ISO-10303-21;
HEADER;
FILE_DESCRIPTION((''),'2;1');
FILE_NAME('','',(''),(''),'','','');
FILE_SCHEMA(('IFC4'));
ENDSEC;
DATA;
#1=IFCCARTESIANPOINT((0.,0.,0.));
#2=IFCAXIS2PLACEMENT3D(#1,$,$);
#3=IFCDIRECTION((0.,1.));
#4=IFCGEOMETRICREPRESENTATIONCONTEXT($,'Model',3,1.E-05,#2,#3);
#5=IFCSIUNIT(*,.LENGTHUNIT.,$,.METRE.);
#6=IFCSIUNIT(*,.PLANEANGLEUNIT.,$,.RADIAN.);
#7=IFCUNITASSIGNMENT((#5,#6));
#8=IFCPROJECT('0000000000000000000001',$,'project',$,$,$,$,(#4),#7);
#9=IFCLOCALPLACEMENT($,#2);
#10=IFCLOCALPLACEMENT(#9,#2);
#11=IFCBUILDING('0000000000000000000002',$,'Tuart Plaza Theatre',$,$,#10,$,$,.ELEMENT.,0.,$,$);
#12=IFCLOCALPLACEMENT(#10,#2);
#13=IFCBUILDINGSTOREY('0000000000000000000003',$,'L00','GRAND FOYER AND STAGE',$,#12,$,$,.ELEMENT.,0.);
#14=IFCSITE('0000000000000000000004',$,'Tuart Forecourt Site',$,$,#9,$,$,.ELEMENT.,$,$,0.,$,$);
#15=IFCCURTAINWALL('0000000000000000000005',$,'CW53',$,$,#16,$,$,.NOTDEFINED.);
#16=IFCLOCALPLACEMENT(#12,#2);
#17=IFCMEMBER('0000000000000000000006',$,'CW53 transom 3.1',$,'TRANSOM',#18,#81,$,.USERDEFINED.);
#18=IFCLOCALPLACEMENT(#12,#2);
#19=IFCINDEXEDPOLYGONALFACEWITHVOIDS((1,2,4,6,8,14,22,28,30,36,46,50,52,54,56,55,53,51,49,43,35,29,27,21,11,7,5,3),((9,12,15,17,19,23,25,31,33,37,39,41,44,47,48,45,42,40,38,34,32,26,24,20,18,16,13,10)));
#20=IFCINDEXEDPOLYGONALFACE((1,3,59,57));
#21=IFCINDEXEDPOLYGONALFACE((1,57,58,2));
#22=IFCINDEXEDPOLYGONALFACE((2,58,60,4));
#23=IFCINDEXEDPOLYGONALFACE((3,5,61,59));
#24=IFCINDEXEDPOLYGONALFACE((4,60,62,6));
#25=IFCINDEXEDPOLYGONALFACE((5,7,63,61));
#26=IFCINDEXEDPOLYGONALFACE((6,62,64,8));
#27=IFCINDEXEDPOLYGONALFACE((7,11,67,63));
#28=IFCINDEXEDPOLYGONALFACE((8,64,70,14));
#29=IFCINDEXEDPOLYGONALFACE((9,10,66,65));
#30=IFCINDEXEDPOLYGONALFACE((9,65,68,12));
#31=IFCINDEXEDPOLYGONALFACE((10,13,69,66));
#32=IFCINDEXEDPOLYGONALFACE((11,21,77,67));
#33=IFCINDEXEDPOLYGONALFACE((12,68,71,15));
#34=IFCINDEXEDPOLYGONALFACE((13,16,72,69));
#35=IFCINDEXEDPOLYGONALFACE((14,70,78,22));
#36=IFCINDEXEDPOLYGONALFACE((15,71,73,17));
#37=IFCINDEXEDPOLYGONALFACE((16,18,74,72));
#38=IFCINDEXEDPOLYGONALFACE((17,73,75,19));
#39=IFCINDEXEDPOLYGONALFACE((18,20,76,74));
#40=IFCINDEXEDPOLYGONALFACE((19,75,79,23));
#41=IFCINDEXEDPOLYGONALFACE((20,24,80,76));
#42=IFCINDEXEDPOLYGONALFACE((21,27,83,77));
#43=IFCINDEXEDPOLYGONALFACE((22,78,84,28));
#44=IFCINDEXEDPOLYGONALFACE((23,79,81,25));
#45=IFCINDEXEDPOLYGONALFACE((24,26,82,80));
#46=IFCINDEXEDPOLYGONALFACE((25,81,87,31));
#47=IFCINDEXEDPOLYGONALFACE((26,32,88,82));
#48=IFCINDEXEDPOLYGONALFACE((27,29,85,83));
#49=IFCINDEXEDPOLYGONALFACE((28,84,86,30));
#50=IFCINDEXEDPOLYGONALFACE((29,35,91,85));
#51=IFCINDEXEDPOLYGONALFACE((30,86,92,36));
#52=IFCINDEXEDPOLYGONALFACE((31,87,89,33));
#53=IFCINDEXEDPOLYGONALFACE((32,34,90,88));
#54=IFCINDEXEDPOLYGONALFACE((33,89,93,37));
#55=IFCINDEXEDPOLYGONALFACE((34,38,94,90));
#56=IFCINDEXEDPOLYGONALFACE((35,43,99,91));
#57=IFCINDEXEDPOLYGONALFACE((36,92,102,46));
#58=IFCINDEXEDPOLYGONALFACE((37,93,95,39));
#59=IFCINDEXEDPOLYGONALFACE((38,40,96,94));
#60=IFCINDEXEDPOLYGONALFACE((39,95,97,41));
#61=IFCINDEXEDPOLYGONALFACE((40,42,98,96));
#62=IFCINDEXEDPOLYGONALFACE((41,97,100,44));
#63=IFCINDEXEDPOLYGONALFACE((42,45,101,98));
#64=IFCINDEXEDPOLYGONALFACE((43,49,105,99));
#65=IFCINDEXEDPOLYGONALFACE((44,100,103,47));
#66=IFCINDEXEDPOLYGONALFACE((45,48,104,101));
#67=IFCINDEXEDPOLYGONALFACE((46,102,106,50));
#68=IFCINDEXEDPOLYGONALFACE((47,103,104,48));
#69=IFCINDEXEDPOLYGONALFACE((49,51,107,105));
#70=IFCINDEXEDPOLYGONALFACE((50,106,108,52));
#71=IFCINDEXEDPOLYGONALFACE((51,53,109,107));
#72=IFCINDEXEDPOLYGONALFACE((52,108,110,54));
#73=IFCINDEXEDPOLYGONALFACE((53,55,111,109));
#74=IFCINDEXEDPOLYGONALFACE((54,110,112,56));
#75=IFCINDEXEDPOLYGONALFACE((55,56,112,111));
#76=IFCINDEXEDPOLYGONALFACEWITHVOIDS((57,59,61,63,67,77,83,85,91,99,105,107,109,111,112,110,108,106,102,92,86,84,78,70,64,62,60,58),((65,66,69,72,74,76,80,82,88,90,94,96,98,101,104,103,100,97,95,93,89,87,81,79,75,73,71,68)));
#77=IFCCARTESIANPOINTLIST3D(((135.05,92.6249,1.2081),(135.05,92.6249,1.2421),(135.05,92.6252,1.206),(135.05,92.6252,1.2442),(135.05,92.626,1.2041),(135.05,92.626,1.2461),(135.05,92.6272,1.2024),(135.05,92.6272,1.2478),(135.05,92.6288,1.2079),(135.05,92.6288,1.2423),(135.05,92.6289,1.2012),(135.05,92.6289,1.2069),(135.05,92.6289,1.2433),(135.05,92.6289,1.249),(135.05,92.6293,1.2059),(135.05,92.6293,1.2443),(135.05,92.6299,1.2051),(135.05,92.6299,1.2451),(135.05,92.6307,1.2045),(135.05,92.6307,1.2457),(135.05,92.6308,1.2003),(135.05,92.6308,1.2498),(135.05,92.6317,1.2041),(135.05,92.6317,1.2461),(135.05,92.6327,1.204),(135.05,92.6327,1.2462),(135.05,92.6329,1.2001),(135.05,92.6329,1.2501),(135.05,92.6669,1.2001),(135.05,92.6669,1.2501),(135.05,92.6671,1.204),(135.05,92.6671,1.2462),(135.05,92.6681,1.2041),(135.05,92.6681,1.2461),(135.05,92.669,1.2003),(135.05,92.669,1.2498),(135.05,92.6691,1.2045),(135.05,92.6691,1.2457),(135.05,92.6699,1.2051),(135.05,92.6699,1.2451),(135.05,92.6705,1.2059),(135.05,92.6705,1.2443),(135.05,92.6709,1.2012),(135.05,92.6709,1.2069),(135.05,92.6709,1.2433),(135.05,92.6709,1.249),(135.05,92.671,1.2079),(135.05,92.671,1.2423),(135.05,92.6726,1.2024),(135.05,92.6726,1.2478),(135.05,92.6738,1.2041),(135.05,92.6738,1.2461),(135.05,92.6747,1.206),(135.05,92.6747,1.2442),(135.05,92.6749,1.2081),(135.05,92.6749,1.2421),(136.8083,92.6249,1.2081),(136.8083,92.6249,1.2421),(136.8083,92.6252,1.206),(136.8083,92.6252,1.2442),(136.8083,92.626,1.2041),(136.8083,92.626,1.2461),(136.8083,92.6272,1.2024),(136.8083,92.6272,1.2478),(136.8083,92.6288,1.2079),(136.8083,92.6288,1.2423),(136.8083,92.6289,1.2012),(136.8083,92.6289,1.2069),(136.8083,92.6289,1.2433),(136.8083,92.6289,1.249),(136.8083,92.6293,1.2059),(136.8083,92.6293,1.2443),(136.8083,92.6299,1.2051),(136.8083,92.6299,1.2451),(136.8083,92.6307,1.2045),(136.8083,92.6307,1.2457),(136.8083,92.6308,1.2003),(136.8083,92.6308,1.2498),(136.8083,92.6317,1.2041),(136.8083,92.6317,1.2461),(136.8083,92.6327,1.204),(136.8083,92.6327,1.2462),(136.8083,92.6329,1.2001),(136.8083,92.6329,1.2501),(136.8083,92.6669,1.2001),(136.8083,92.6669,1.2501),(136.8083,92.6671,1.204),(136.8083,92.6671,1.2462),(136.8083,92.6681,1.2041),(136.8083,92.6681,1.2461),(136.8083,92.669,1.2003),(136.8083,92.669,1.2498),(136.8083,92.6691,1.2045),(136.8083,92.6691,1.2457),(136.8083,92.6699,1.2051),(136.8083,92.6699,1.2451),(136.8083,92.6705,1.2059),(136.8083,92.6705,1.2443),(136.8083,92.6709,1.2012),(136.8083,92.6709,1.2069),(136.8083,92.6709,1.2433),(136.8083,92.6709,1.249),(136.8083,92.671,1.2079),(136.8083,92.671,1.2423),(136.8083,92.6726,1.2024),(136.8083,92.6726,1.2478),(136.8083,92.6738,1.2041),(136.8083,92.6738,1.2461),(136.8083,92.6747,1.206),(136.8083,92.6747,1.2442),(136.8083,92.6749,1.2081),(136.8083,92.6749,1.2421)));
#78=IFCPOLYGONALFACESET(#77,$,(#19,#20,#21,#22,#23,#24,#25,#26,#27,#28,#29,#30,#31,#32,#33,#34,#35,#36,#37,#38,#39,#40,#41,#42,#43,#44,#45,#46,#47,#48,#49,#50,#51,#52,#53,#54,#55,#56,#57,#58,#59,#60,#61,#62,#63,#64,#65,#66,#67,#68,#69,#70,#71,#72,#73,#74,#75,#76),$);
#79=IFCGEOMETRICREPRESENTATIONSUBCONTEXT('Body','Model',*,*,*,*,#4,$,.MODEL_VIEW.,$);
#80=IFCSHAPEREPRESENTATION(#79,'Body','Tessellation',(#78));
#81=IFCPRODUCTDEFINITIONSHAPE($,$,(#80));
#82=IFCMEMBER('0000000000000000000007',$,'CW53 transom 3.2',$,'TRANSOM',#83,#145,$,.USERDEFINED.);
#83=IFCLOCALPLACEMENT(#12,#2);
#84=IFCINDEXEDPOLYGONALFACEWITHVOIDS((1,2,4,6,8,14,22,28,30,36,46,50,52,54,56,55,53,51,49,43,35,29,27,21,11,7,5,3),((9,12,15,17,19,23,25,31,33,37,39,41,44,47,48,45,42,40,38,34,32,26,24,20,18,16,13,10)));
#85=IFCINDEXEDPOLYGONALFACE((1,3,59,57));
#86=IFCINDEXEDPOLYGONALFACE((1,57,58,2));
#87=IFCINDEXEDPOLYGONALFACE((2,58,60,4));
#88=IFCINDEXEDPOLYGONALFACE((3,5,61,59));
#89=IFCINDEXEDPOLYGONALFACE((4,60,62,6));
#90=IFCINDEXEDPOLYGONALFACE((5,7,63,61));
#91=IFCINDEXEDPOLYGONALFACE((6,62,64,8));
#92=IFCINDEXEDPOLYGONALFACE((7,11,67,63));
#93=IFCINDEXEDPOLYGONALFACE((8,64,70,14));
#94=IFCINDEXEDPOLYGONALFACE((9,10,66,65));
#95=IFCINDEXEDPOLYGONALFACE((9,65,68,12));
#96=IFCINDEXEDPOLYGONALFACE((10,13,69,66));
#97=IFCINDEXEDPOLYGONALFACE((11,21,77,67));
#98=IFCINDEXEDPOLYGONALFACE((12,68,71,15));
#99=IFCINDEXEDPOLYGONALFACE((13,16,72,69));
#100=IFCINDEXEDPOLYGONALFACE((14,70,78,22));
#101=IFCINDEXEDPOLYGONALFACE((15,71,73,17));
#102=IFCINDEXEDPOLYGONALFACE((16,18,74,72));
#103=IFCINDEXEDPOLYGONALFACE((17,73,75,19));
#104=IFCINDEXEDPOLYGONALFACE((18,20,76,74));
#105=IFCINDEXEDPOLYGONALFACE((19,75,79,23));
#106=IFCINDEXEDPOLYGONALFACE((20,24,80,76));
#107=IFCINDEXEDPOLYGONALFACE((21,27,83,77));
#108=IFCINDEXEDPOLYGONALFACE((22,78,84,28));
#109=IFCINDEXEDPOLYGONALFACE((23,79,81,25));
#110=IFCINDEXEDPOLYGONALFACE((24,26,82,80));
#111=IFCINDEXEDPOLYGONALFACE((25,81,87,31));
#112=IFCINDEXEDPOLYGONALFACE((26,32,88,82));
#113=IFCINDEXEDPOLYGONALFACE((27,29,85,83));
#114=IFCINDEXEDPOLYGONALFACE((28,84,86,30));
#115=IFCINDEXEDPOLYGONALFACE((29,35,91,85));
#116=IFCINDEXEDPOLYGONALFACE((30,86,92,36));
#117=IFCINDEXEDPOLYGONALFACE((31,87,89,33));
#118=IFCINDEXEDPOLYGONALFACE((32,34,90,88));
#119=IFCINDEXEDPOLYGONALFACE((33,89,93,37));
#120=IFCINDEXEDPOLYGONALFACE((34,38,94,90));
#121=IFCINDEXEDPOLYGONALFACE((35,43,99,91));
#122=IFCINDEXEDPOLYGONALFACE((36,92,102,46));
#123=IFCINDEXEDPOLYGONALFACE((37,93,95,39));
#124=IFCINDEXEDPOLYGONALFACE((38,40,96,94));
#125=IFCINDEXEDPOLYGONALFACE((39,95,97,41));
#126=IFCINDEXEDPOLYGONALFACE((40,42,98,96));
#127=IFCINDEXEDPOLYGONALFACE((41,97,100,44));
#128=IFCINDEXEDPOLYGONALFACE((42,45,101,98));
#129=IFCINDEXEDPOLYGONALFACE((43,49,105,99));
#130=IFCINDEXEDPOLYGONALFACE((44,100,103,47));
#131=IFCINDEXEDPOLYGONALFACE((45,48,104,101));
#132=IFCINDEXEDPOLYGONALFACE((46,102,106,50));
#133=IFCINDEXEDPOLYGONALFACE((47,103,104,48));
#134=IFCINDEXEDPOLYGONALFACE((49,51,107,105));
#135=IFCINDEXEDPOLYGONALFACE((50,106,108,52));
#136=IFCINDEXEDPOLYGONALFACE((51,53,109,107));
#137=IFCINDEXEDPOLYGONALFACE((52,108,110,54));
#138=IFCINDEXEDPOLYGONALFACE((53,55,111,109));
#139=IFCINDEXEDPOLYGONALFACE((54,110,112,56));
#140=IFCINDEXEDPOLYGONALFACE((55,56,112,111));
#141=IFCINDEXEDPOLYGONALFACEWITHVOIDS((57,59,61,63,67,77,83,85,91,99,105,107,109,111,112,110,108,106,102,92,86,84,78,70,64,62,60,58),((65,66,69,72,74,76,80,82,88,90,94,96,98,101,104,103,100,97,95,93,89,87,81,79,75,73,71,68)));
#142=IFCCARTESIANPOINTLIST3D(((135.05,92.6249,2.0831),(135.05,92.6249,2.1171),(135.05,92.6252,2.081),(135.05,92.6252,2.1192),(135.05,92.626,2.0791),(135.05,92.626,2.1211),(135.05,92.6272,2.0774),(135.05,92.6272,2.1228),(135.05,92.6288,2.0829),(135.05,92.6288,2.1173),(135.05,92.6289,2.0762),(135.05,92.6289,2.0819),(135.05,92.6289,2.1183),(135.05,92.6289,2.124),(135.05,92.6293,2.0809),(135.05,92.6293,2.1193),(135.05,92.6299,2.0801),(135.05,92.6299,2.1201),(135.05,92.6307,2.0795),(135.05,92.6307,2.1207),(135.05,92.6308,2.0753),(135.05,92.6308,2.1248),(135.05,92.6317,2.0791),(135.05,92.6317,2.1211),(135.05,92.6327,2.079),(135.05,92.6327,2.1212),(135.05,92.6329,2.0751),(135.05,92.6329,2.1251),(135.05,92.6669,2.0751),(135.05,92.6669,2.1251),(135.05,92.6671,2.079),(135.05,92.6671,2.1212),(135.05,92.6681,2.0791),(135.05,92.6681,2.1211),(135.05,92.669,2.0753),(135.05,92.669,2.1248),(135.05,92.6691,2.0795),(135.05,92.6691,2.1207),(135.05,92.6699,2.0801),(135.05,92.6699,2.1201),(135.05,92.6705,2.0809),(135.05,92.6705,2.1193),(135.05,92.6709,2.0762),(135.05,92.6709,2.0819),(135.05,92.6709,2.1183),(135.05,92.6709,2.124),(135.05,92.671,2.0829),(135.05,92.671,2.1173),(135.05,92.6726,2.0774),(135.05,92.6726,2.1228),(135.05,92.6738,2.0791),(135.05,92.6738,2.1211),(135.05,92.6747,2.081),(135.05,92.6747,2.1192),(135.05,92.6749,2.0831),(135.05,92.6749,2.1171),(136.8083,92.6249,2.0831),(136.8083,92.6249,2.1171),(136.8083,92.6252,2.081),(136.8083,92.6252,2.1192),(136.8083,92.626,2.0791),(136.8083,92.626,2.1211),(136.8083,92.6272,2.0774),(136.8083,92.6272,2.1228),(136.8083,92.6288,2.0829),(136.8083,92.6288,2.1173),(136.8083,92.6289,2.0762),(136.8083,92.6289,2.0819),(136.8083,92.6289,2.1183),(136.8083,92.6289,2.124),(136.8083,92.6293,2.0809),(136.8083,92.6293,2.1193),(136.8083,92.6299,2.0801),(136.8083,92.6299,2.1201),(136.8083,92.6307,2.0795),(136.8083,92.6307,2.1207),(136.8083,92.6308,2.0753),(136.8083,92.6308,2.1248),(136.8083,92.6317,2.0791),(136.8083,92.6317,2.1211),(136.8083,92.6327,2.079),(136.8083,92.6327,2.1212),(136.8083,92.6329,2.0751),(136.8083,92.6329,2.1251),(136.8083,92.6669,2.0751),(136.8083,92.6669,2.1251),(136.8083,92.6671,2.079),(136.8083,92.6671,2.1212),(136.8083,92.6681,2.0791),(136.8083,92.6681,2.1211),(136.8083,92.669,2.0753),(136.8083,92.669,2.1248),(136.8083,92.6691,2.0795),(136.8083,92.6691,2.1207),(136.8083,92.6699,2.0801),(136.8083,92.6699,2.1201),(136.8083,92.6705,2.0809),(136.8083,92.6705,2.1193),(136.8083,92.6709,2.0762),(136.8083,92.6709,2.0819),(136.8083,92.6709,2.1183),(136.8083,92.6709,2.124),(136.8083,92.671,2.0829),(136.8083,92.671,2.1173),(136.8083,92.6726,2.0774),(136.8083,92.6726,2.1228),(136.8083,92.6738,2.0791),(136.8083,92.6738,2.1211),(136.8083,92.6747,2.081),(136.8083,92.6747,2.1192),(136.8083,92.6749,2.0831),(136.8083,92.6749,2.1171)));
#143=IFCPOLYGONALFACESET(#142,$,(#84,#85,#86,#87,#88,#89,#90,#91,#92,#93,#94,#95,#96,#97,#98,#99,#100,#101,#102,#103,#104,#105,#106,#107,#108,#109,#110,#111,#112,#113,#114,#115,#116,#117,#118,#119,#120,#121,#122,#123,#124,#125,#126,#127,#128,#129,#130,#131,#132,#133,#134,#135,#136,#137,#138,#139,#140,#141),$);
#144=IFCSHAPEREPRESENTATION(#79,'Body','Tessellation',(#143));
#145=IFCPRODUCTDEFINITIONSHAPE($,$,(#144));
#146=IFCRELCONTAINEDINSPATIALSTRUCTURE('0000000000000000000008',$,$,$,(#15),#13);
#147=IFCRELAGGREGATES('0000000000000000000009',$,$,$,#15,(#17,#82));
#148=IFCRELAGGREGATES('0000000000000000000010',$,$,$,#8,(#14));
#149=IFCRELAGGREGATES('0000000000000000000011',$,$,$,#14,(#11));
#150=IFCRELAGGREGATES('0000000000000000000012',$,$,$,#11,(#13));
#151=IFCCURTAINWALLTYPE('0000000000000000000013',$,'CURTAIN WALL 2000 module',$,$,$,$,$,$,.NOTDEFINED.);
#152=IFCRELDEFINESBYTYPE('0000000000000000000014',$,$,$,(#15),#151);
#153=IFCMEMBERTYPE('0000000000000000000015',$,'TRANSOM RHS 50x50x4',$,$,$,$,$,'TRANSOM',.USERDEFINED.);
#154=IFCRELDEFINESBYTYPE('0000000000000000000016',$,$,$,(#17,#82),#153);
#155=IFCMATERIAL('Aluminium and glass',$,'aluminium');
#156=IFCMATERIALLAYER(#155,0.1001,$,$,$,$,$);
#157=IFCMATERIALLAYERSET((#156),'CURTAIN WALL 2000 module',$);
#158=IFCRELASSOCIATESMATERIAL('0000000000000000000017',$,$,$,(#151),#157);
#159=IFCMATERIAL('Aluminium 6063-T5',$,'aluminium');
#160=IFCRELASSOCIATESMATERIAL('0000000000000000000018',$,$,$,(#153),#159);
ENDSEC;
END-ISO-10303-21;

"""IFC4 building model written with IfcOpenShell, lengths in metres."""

from ifc_helpers import new_model, si_unit, direction, frame, origin, origin_2d, place, context, subcontext, project, spatial, hollow_rectangle, extrude, material, layer, layer_set, material_profile, profile_set, type_object, element, aggregate, save


model = new_model("IFC4")

# Units and contexts
model_context = context("Model", 3, precision=1e-05, world=origin(), true_north=direction((0.0, 1.0)))
body_context = subcontext(model_context, "Body", "Model", "MODEL_VIEW")
ifc_project = project(units=[si_unit("LENGTHUNIT", "METRE"), si_unit("PLANEANGLEUNIT", "RADIAN")], contexts=[model_context])

# Site, building, storey
site_placement = place(None, origin())
site = spatial("IfcSite", under=ifc_project, at=site_placement, Name="Tuart Forecourt Site", CompositionType="ELEMENT", RefElevation=0.0)
building_placement = place(site_placement, origin())
building = spatial("IfcBuilding", under=site, at=building_placement, Name="Tuart Plaza Theatre", CompositionType="ELEMENT", ElevationOfRefHeight=0.0)
storey_placement = place(building_placement, origin())
storey = spatial("IfcBuildingStorey", under=building, at=storey_placement, Name="L00", Description="GRAND FOYER AND STAGE", CompositionType="ELEMENT", Elevation=0.0)

# Curtain wall, members
ifc_material_1 = material(Name="Aluminium and glass", Category="aluminium")
ifc_layer_1 = layer(ifc_material_1, 0.1001)
ifc_layer_set_1 = layer_set([ifc_layer_1], Name="CURTAIN WALL 2000 module")
curtain_wall_type = type_object("IfcCurtainWallType", Name="CURTAIN WALL 2000 module", PredefinedType="NOTDEFINED", material=ifc_layer_set_1)
curtain_wall_placement = place(storey_placement, origin())
curtain_wall = element("IfcCurtainWall", 1, at=curtain_wall_placement, inside=storey, type_object=curtain_wall_type, Name="CW53", PredefinedType="NOTDEFINED")
ifc_material_2 = material(Name="Aluminium 6063-T5", Category="aluminium")
ifc_material_profile_1 = material_profile(ifc_material_2, hollow_rectangle(XDim=0.05, YDim=0.05, WallThickness=0.0039, InnerFilletRadius=0.0039, OuterFilletRadius=0.0081, at=origin_2d()), Name="RHS 50x50x4")
ifc_profile_set_1 = profile_set([ifc_material_profile_1], Name="Aluminium 6063-T5")
member_type_1 = type_object("IfcMemberType", Name="TRANSOM RHS 50x50x4", ElementType="TRANSOM", PredefinedType="USERDEFINED", material=ifc_profile_set_1)
member_1_placement = place(storey_placement, frame((136.8083, 92.6499, 1.2251), z_axis=(-1.0, 0.0, 0.0), x_axis=(0.0, -1.0, 0.0)))
member_1 = element("IfcMember", 2, at=member_1_placement, type_object=member_type_1, Name="CW53 transom 3.1", ObjectType="TRANSOM", PredefinedType="USERDEFINED", context=body_context, shape_type="SweptSolid", body=[
    extrude(hollow_rectangle(XDim=0.05, YDim=0.05, WallThickness=0.0039, InnerFilletRadius=0.0039, OuterFilletRadius=0.0081, at=origin_2d()), origin(), (0.0, 0.0, 1.0), 1.7583),
])
member_2_placement = place(storey_placement, frame((136.8083, 92.6499, 2.1001), z_axis=(-1.0, 0.0, 0.0), x_axis=(0.0, -1.0, 0.0)))
member_2 = element("IfcMember", 3, at=member_2_placement, type_object=member_type_1, Name="CW53 transom 3.2", ObjectType="TRANSOM", PredefinedType="USERDEFINED", context=body_context, shape_type="SweptSolid", body=[
    extrude(hollow_rectangle(XDim=0.05, YDim=0.05, WallThickness=0.0039, InnerFilletRadius=0.0039, OuterFilletRadius=0.0081, at=origin_2d()), origin(), (0.0, 0.0, 1.0), 1.7583),
])
aggregate(curtain_wall, [member_1, member_2])

save(model, "model.ifc")
